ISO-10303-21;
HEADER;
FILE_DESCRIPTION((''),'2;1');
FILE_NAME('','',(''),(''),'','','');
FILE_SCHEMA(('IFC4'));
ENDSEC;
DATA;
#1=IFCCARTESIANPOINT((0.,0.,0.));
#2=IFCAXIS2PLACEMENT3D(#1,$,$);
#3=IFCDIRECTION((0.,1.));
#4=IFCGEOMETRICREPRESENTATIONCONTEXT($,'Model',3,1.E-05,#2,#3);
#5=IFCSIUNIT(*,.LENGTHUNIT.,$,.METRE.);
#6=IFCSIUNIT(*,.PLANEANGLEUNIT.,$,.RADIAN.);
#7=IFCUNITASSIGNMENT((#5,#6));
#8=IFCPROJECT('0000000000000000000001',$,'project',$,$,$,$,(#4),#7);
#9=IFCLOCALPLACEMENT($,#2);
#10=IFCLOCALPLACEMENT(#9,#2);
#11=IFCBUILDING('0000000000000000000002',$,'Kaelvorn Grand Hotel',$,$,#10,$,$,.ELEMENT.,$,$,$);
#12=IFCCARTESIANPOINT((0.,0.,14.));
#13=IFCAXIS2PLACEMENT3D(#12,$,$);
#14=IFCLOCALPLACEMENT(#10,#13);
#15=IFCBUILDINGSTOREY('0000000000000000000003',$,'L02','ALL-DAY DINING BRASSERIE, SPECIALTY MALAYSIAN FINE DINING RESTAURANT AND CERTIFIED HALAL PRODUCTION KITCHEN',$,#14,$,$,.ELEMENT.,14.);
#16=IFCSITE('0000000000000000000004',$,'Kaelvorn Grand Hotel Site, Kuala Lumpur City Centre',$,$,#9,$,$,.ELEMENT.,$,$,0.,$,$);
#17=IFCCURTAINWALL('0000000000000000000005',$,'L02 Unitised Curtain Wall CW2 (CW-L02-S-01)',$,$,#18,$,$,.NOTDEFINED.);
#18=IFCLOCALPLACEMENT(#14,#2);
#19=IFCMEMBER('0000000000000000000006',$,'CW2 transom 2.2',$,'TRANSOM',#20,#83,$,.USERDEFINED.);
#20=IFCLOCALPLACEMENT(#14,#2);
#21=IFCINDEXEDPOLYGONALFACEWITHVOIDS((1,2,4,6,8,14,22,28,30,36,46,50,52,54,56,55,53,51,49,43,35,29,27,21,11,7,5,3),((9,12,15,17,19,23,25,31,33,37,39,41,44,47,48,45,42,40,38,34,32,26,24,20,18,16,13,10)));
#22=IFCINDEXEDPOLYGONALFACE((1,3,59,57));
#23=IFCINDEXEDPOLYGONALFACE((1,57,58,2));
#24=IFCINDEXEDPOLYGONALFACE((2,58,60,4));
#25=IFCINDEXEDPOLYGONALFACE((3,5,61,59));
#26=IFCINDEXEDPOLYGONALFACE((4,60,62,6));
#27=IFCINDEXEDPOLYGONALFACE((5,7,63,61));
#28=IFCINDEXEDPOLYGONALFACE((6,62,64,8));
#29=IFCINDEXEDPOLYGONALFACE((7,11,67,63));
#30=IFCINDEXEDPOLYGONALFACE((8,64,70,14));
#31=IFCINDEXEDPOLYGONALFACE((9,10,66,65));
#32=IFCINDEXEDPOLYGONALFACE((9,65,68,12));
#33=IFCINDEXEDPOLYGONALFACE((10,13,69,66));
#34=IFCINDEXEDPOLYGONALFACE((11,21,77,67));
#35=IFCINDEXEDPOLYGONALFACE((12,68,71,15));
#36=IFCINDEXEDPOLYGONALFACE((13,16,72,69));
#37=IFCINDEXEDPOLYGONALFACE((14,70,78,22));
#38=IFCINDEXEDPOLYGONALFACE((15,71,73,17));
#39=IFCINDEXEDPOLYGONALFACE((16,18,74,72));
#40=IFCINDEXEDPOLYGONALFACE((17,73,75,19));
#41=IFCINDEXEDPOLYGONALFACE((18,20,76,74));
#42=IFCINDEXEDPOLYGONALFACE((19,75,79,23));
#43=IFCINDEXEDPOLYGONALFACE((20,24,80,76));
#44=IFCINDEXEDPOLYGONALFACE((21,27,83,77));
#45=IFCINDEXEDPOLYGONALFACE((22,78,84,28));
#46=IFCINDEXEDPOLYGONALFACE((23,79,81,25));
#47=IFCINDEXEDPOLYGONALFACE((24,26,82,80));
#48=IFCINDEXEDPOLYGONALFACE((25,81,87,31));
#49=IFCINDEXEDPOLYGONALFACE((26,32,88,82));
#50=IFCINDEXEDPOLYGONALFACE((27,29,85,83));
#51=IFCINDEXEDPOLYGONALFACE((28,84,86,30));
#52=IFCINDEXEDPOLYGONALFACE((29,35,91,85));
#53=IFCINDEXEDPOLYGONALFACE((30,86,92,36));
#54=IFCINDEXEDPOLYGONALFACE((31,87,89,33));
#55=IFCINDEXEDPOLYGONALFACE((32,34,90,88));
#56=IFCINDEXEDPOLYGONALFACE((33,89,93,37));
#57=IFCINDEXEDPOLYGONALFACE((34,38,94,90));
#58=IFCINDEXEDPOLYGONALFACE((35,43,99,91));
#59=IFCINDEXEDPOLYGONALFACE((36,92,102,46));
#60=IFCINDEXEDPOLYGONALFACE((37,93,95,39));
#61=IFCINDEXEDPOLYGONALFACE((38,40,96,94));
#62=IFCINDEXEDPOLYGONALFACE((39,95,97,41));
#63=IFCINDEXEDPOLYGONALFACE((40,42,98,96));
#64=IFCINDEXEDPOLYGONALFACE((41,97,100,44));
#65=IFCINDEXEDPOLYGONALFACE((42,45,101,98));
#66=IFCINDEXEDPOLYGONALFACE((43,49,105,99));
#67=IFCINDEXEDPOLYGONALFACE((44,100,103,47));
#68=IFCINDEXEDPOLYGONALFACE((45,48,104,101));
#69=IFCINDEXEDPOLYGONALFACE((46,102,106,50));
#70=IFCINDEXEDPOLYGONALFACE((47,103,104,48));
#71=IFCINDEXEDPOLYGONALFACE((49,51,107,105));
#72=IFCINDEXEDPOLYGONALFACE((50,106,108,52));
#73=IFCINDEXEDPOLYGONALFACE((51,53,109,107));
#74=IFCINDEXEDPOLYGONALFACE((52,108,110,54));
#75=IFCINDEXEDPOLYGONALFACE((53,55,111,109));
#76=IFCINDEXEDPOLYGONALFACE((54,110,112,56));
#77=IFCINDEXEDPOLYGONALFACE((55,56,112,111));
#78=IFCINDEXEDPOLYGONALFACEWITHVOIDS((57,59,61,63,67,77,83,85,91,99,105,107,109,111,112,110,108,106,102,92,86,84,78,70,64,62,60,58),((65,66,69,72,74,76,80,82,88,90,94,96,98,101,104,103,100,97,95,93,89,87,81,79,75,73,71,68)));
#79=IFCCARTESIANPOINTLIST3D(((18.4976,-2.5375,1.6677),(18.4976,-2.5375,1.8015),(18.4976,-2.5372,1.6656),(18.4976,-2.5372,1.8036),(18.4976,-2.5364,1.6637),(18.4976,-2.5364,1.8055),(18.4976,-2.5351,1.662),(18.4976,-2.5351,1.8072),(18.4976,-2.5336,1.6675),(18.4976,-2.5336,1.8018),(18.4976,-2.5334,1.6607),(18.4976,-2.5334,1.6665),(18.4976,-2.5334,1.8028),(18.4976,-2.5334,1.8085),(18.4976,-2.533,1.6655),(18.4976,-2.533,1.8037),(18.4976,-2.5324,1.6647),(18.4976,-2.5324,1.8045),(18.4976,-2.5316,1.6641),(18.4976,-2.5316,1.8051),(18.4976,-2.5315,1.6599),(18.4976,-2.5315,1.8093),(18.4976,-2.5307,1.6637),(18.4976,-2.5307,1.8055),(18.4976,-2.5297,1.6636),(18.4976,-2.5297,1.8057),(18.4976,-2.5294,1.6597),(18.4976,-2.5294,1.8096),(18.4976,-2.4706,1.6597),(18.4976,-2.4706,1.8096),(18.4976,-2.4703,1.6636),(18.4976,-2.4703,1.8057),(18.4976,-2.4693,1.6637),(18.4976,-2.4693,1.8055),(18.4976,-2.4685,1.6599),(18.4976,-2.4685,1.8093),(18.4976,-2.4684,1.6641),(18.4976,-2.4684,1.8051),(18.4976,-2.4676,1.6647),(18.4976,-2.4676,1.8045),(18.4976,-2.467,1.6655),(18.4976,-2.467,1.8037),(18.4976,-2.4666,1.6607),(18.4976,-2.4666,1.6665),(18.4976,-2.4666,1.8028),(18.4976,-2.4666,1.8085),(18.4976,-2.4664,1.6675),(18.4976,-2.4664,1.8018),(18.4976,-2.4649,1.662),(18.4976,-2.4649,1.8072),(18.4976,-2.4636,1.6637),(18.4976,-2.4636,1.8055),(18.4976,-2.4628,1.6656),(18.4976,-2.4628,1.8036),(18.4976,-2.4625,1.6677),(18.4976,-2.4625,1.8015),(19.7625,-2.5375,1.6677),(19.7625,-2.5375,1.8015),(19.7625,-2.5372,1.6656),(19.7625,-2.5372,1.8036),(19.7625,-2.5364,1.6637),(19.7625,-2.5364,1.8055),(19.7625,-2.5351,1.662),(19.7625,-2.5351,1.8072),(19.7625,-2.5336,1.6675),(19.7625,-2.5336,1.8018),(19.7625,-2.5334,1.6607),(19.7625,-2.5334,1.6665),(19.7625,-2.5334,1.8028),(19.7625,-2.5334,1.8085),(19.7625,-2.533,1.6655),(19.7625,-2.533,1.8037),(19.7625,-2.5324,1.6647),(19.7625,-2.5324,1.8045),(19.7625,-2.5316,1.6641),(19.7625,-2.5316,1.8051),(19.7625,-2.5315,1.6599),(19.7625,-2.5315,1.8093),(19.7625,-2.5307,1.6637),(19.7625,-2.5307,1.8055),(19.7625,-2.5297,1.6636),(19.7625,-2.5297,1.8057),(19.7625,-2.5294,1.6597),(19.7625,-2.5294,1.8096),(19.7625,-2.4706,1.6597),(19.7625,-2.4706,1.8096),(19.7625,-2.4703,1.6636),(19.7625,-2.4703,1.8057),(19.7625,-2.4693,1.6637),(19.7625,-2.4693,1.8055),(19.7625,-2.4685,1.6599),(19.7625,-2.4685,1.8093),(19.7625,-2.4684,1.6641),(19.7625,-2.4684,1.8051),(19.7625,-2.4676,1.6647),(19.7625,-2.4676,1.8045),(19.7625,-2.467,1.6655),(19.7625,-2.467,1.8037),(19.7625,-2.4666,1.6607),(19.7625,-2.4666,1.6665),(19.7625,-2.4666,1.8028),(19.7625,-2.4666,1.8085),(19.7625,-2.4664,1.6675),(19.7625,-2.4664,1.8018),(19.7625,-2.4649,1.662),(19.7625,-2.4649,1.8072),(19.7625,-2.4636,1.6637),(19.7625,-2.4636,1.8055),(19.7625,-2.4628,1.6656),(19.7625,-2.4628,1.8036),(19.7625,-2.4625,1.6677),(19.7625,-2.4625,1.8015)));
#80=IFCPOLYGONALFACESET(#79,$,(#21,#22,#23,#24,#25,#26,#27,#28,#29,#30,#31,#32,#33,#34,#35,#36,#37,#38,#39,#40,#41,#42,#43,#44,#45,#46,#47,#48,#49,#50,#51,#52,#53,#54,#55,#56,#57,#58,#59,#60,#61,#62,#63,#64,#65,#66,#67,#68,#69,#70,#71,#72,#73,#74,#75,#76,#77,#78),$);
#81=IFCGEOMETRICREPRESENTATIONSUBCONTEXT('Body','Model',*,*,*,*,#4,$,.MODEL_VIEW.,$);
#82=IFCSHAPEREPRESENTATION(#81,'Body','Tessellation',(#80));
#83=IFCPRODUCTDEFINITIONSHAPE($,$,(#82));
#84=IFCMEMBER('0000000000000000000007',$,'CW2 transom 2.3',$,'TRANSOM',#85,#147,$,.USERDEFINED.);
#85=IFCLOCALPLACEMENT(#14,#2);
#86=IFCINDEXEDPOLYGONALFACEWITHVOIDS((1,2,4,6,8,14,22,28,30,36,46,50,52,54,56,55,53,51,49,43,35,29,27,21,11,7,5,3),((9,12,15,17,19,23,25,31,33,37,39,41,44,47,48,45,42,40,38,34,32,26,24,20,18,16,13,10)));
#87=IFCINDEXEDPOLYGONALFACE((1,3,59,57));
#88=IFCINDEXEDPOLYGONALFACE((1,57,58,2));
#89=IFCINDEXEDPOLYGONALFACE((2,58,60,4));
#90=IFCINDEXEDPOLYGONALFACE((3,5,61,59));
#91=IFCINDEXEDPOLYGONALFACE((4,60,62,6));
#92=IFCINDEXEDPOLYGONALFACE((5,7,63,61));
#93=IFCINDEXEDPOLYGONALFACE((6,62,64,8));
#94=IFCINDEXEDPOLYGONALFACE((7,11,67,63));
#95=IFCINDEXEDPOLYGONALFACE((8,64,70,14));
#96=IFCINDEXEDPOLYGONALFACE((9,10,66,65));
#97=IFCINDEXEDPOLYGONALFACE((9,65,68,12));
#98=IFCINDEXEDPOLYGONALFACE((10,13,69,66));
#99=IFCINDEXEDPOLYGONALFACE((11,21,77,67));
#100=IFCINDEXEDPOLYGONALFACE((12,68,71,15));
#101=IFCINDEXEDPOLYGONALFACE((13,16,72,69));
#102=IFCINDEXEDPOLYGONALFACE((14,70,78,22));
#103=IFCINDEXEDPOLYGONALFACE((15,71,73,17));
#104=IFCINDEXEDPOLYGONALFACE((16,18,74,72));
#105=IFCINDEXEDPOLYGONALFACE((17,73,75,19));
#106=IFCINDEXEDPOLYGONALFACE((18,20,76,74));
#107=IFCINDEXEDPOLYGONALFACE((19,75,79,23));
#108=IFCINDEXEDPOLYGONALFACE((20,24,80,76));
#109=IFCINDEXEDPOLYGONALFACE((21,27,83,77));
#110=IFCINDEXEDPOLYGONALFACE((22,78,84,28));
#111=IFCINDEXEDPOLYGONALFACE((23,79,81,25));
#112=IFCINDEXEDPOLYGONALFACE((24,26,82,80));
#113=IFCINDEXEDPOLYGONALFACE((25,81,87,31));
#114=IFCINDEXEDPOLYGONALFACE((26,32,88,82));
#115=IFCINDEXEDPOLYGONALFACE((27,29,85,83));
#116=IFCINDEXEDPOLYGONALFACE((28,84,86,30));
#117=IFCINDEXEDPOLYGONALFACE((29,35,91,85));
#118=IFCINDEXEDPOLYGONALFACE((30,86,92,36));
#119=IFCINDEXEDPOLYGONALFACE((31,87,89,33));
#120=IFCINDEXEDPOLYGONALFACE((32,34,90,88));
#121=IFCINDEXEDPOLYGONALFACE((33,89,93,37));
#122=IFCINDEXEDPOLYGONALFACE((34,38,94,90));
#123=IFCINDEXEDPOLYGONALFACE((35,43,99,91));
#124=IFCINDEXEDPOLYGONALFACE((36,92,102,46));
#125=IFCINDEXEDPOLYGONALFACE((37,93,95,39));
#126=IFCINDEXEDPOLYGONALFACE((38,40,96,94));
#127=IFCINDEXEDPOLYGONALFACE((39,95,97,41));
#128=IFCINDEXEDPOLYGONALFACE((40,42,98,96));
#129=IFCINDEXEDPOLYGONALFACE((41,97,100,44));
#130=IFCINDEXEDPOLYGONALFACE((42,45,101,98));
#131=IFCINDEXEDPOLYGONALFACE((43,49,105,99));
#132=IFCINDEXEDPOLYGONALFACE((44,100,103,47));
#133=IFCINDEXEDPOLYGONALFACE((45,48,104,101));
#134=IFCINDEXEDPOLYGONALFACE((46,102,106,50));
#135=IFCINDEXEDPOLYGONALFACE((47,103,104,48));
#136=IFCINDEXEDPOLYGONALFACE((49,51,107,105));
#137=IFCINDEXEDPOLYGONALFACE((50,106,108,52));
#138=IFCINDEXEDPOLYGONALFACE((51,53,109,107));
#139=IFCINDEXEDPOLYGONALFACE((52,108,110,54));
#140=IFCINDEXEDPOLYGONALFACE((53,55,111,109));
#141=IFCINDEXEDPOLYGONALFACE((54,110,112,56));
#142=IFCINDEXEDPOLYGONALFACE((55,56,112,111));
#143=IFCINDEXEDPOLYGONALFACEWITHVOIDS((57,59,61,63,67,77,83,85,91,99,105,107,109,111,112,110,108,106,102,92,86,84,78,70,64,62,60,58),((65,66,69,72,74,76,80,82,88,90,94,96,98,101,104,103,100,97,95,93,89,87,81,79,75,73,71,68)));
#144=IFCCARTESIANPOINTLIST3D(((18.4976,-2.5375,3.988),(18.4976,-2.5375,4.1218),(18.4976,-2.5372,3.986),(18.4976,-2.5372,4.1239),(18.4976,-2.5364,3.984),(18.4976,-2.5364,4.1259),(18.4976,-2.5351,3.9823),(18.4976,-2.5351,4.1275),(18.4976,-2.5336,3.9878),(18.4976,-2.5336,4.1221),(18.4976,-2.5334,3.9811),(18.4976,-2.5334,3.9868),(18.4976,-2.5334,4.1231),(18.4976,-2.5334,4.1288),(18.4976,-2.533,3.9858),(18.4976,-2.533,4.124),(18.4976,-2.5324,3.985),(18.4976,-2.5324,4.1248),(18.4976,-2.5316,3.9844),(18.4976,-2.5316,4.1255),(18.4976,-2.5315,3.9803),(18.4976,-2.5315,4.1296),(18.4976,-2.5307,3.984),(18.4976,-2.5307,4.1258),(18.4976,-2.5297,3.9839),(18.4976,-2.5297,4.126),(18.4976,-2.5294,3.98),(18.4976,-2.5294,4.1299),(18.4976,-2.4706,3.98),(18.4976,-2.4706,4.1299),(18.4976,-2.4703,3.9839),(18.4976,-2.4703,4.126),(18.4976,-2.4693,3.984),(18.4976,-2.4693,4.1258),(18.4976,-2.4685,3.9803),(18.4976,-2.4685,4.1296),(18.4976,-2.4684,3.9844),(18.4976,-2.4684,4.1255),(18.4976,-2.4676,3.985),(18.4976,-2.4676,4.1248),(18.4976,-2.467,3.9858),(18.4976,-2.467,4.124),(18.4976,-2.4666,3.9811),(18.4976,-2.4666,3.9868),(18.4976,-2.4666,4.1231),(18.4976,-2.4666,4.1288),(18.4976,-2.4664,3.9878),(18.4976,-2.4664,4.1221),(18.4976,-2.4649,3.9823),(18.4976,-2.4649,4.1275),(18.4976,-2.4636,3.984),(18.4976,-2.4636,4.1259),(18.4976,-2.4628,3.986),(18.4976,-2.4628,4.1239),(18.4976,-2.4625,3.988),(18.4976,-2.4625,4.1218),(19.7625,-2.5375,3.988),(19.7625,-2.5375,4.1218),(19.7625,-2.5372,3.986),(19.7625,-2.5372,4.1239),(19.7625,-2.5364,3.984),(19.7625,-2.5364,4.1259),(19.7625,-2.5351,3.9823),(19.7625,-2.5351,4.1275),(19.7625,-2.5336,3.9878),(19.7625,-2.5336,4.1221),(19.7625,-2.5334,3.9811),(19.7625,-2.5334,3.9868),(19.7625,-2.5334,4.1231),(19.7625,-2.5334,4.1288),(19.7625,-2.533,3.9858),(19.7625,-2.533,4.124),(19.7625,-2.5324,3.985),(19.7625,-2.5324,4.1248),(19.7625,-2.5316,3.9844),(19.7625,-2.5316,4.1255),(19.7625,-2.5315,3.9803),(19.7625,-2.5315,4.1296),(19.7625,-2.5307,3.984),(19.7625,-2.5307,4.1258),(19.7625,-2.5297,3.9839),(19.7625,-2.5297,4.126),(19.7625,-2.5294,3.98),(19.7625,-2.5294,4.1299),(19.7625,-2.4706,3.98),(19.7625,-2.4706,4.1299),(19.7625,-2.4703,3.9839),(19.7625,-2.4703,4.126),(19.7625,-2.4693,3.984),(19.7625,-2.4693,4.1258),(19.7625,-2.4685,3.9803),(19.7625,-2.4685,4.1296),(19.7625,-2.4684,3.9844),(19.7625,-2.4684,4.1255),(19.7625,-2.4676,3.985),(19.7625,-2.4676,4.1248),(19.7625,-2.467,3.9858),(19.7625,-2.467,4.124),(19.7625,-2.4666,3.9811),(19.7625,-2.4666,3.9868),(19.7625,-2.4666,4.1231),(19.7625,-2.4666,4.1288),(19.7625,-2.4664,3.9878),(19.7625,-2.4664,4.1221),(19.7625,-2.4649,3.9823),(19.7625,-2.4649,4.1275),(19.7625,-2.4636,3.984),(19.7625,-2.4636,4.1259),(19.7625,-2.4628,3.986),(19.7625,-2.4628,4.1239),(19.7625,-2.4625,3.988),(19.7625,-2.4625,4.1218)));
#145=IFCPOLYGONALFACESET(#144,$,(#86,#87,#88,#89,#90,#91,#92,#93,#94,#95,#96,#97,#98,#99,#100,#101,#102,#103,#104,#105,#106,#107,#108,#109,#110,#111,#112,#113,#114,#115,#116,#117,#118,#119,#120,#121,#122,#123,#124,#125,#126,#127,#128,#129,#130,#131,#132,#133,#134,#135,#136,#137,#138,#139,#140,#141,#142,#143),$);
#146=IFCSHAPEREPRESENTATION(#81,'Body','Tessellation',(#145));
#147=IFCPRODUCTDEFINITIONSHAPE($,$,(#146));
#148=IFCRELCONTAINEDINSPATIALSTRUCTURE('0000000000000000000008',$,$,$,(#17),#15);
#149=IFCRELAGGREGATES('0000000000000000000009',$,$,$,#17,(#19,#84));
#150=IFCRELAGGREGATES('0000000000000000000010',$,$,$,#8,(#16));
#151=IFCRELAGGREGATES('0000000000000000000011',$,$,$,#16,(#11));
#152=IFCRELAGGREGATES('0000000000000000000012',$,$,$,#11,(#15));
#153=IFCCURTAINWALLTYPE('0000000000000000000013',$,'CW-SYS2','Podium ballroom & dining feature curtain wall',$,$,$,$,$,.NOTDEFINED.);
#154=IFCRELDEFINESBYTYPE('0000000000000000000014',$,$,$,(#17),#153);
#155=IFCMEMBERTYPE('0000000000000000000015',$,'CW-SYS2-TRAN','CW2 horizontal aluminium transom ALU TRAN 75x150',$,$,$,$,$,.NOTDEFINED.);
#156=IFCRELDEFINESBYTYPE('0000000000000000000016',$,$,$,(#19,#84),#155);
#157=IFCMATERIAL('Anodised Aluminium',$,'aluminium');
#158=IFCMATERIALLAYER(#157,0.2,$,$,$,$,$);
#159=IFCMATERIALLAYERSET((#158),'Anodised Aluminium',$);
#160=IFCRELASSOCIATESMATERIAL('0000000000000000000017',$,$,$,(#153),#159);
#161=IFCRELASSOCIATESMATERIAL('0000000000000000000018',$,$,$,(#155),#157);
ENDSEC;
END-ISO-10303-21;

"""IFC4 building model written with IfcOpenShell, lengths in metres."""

from ifc_helpers import new_model, si_unit, direction, frame, origin, origin_2d, place, context, subcontext, project, spatial, hollow_rectangle, extrude, material, layer, layer_set, material_profile, profile_set, type_object, element, aggregate, save


model = new_model("IFC4")

# Units and contexts
model_context = context("Model", 3, precision=1e-05, world=origin(), true_north=direction((0.0, 1.0)))
body_context = subcontext(model_context, "Body", "Model", "MODEL_VIEW")
ifc_project = project(units=[si_unit("LENGTHUNIT", "METRE"), si_unit("PLANEANGLEUNIT", "RADIAN")], contexts=[model_context])

# Site, building, storey
site_placement = place(None, origin())
site = spatial("IfcSite", under=ifc_project, at=site_placement, Name="Kaelvorn Grand Hotel Site, Kuala Lumpur City Centre", CompositionType="ELEMENT", RefElevation=0.0)
building_placement = place(site_placement, origin())
building = spatial("IfcBuilding", under=site, at=building_placement, Name="Kaelvorn Grand Hotel", CompositionType="ELEMENT")
storey_placement = place(building_placement, frame((0.0, 0.0, 14.0)))
storey = spatial("IfcBuildingStorey", under=building, at=storey_placement, Name="L02", Description="ALL-DAY DINING BRASSERIE, SPECIALTY MALAYSIAN FINE DINING RESTAURANT AND CERTIFIED HALAL PRODUCTION KITCHEN", CompositionType="ELEMENT", Elevation=14.0)

# Curtain wall, members
ifc_material_1 = material(Name="Anodised Aluminium", Category="aluminium")
ifc_layer_1 = layer(ifc_material_1, 0.2)
ifc_layer_set_1 = layer_set([ifc_layer_1], Name="Anodised Aluminium")
curtain_wall_type = type_object("IfcCurtainWallType", Name="CW-SYS2", Description="Podium ballroom & dining feature curtain wall", PredefinedType="NOTDEFINED", material=ifc_layer_set_1)
curtain_wall_placement = place(storey_placement, origin())
curtain_wall = element("IfcCurtainWall", 1, at=curtain_wall_placement, inside=storey, type_object=curtain_wall_type, Name="L02 Unitised Curtain Wall CW2 (CW-L02-S-01)", PredefinedType="NOTDEFINED")
ifc_material_profile_1 = material_profile(ifc_material_1, hollow_rectangle(XDim=0.075, YDim=0.1499, WallThickness=0.0039, InnerFilletRadius=0.0039, OuterFilletRadius=0.0081, at=origin_2d()), Name="ALU TRAN 75x150")
ifc_profile_set_1 = profile_set([ifc_material_profile_1], Name="Anodised Aluminium")
member_type_1 = type_object("IfcMemberType", Name="CW-SYS2-TRAN", Description="CW2 horizontal aluminium transom ALU TRAN 75x150", PredefinedType="NOTDEFINED", material=ifc_profile_set_1)
member_1_placement = place(storey_placement, frame((18.4976, -2.5, 1.7346), z_axis=(1.0, 0.0, 0.0), x_axis=(0.0, 1.0, 0.0)))
member_1 = element("IfcMember", 2, at=member_1_placement, type_object=member_type_1, Name="CW2 transom 2.2", ObjectType="TRANSOM", PredefinedType="USERDEFINED", context=body_context, shape_type="SweptSolid", body=[
    extrude(hollow_rectangle(XDim=0.075, YDim=0.1499, WallThickness=0.0039, InnerFilletRadius=0.0039, OuterFilletRadius=0.0081, at=origin_2d()), origin(), (0.0, 0.0, 1.0), 1.2649),
])
member_2_placement = place(storey_placement, frame((18.4976, -2.5, 4.0549), z_axis=(1.0, 0.0, 0.0), x_axis=(0.0, 1.0, 0.0)))
member_2 = element("IfcMember", 3, at=member_2_placement, type_object=member_type_1, Name="CW2 transom 2.3", ObjectType="TRANSOM", PredefinedType="USERDEFINED", context=body_context, shape_type="SweptSolid", body=[
    extrude(hollow_rectangle(XDim=0.075, YDim=0.1499, WallThickness=0.0039, InnerFilletRadius=0.0039, OuterFilletRadius=0.0081, at=origin_2d()), origin(), (0.0, 0.0, 1.0), 1.2649),
])
aggregate(curtain_wall, [member_1, member_2])

save(model, "model.ifc")
